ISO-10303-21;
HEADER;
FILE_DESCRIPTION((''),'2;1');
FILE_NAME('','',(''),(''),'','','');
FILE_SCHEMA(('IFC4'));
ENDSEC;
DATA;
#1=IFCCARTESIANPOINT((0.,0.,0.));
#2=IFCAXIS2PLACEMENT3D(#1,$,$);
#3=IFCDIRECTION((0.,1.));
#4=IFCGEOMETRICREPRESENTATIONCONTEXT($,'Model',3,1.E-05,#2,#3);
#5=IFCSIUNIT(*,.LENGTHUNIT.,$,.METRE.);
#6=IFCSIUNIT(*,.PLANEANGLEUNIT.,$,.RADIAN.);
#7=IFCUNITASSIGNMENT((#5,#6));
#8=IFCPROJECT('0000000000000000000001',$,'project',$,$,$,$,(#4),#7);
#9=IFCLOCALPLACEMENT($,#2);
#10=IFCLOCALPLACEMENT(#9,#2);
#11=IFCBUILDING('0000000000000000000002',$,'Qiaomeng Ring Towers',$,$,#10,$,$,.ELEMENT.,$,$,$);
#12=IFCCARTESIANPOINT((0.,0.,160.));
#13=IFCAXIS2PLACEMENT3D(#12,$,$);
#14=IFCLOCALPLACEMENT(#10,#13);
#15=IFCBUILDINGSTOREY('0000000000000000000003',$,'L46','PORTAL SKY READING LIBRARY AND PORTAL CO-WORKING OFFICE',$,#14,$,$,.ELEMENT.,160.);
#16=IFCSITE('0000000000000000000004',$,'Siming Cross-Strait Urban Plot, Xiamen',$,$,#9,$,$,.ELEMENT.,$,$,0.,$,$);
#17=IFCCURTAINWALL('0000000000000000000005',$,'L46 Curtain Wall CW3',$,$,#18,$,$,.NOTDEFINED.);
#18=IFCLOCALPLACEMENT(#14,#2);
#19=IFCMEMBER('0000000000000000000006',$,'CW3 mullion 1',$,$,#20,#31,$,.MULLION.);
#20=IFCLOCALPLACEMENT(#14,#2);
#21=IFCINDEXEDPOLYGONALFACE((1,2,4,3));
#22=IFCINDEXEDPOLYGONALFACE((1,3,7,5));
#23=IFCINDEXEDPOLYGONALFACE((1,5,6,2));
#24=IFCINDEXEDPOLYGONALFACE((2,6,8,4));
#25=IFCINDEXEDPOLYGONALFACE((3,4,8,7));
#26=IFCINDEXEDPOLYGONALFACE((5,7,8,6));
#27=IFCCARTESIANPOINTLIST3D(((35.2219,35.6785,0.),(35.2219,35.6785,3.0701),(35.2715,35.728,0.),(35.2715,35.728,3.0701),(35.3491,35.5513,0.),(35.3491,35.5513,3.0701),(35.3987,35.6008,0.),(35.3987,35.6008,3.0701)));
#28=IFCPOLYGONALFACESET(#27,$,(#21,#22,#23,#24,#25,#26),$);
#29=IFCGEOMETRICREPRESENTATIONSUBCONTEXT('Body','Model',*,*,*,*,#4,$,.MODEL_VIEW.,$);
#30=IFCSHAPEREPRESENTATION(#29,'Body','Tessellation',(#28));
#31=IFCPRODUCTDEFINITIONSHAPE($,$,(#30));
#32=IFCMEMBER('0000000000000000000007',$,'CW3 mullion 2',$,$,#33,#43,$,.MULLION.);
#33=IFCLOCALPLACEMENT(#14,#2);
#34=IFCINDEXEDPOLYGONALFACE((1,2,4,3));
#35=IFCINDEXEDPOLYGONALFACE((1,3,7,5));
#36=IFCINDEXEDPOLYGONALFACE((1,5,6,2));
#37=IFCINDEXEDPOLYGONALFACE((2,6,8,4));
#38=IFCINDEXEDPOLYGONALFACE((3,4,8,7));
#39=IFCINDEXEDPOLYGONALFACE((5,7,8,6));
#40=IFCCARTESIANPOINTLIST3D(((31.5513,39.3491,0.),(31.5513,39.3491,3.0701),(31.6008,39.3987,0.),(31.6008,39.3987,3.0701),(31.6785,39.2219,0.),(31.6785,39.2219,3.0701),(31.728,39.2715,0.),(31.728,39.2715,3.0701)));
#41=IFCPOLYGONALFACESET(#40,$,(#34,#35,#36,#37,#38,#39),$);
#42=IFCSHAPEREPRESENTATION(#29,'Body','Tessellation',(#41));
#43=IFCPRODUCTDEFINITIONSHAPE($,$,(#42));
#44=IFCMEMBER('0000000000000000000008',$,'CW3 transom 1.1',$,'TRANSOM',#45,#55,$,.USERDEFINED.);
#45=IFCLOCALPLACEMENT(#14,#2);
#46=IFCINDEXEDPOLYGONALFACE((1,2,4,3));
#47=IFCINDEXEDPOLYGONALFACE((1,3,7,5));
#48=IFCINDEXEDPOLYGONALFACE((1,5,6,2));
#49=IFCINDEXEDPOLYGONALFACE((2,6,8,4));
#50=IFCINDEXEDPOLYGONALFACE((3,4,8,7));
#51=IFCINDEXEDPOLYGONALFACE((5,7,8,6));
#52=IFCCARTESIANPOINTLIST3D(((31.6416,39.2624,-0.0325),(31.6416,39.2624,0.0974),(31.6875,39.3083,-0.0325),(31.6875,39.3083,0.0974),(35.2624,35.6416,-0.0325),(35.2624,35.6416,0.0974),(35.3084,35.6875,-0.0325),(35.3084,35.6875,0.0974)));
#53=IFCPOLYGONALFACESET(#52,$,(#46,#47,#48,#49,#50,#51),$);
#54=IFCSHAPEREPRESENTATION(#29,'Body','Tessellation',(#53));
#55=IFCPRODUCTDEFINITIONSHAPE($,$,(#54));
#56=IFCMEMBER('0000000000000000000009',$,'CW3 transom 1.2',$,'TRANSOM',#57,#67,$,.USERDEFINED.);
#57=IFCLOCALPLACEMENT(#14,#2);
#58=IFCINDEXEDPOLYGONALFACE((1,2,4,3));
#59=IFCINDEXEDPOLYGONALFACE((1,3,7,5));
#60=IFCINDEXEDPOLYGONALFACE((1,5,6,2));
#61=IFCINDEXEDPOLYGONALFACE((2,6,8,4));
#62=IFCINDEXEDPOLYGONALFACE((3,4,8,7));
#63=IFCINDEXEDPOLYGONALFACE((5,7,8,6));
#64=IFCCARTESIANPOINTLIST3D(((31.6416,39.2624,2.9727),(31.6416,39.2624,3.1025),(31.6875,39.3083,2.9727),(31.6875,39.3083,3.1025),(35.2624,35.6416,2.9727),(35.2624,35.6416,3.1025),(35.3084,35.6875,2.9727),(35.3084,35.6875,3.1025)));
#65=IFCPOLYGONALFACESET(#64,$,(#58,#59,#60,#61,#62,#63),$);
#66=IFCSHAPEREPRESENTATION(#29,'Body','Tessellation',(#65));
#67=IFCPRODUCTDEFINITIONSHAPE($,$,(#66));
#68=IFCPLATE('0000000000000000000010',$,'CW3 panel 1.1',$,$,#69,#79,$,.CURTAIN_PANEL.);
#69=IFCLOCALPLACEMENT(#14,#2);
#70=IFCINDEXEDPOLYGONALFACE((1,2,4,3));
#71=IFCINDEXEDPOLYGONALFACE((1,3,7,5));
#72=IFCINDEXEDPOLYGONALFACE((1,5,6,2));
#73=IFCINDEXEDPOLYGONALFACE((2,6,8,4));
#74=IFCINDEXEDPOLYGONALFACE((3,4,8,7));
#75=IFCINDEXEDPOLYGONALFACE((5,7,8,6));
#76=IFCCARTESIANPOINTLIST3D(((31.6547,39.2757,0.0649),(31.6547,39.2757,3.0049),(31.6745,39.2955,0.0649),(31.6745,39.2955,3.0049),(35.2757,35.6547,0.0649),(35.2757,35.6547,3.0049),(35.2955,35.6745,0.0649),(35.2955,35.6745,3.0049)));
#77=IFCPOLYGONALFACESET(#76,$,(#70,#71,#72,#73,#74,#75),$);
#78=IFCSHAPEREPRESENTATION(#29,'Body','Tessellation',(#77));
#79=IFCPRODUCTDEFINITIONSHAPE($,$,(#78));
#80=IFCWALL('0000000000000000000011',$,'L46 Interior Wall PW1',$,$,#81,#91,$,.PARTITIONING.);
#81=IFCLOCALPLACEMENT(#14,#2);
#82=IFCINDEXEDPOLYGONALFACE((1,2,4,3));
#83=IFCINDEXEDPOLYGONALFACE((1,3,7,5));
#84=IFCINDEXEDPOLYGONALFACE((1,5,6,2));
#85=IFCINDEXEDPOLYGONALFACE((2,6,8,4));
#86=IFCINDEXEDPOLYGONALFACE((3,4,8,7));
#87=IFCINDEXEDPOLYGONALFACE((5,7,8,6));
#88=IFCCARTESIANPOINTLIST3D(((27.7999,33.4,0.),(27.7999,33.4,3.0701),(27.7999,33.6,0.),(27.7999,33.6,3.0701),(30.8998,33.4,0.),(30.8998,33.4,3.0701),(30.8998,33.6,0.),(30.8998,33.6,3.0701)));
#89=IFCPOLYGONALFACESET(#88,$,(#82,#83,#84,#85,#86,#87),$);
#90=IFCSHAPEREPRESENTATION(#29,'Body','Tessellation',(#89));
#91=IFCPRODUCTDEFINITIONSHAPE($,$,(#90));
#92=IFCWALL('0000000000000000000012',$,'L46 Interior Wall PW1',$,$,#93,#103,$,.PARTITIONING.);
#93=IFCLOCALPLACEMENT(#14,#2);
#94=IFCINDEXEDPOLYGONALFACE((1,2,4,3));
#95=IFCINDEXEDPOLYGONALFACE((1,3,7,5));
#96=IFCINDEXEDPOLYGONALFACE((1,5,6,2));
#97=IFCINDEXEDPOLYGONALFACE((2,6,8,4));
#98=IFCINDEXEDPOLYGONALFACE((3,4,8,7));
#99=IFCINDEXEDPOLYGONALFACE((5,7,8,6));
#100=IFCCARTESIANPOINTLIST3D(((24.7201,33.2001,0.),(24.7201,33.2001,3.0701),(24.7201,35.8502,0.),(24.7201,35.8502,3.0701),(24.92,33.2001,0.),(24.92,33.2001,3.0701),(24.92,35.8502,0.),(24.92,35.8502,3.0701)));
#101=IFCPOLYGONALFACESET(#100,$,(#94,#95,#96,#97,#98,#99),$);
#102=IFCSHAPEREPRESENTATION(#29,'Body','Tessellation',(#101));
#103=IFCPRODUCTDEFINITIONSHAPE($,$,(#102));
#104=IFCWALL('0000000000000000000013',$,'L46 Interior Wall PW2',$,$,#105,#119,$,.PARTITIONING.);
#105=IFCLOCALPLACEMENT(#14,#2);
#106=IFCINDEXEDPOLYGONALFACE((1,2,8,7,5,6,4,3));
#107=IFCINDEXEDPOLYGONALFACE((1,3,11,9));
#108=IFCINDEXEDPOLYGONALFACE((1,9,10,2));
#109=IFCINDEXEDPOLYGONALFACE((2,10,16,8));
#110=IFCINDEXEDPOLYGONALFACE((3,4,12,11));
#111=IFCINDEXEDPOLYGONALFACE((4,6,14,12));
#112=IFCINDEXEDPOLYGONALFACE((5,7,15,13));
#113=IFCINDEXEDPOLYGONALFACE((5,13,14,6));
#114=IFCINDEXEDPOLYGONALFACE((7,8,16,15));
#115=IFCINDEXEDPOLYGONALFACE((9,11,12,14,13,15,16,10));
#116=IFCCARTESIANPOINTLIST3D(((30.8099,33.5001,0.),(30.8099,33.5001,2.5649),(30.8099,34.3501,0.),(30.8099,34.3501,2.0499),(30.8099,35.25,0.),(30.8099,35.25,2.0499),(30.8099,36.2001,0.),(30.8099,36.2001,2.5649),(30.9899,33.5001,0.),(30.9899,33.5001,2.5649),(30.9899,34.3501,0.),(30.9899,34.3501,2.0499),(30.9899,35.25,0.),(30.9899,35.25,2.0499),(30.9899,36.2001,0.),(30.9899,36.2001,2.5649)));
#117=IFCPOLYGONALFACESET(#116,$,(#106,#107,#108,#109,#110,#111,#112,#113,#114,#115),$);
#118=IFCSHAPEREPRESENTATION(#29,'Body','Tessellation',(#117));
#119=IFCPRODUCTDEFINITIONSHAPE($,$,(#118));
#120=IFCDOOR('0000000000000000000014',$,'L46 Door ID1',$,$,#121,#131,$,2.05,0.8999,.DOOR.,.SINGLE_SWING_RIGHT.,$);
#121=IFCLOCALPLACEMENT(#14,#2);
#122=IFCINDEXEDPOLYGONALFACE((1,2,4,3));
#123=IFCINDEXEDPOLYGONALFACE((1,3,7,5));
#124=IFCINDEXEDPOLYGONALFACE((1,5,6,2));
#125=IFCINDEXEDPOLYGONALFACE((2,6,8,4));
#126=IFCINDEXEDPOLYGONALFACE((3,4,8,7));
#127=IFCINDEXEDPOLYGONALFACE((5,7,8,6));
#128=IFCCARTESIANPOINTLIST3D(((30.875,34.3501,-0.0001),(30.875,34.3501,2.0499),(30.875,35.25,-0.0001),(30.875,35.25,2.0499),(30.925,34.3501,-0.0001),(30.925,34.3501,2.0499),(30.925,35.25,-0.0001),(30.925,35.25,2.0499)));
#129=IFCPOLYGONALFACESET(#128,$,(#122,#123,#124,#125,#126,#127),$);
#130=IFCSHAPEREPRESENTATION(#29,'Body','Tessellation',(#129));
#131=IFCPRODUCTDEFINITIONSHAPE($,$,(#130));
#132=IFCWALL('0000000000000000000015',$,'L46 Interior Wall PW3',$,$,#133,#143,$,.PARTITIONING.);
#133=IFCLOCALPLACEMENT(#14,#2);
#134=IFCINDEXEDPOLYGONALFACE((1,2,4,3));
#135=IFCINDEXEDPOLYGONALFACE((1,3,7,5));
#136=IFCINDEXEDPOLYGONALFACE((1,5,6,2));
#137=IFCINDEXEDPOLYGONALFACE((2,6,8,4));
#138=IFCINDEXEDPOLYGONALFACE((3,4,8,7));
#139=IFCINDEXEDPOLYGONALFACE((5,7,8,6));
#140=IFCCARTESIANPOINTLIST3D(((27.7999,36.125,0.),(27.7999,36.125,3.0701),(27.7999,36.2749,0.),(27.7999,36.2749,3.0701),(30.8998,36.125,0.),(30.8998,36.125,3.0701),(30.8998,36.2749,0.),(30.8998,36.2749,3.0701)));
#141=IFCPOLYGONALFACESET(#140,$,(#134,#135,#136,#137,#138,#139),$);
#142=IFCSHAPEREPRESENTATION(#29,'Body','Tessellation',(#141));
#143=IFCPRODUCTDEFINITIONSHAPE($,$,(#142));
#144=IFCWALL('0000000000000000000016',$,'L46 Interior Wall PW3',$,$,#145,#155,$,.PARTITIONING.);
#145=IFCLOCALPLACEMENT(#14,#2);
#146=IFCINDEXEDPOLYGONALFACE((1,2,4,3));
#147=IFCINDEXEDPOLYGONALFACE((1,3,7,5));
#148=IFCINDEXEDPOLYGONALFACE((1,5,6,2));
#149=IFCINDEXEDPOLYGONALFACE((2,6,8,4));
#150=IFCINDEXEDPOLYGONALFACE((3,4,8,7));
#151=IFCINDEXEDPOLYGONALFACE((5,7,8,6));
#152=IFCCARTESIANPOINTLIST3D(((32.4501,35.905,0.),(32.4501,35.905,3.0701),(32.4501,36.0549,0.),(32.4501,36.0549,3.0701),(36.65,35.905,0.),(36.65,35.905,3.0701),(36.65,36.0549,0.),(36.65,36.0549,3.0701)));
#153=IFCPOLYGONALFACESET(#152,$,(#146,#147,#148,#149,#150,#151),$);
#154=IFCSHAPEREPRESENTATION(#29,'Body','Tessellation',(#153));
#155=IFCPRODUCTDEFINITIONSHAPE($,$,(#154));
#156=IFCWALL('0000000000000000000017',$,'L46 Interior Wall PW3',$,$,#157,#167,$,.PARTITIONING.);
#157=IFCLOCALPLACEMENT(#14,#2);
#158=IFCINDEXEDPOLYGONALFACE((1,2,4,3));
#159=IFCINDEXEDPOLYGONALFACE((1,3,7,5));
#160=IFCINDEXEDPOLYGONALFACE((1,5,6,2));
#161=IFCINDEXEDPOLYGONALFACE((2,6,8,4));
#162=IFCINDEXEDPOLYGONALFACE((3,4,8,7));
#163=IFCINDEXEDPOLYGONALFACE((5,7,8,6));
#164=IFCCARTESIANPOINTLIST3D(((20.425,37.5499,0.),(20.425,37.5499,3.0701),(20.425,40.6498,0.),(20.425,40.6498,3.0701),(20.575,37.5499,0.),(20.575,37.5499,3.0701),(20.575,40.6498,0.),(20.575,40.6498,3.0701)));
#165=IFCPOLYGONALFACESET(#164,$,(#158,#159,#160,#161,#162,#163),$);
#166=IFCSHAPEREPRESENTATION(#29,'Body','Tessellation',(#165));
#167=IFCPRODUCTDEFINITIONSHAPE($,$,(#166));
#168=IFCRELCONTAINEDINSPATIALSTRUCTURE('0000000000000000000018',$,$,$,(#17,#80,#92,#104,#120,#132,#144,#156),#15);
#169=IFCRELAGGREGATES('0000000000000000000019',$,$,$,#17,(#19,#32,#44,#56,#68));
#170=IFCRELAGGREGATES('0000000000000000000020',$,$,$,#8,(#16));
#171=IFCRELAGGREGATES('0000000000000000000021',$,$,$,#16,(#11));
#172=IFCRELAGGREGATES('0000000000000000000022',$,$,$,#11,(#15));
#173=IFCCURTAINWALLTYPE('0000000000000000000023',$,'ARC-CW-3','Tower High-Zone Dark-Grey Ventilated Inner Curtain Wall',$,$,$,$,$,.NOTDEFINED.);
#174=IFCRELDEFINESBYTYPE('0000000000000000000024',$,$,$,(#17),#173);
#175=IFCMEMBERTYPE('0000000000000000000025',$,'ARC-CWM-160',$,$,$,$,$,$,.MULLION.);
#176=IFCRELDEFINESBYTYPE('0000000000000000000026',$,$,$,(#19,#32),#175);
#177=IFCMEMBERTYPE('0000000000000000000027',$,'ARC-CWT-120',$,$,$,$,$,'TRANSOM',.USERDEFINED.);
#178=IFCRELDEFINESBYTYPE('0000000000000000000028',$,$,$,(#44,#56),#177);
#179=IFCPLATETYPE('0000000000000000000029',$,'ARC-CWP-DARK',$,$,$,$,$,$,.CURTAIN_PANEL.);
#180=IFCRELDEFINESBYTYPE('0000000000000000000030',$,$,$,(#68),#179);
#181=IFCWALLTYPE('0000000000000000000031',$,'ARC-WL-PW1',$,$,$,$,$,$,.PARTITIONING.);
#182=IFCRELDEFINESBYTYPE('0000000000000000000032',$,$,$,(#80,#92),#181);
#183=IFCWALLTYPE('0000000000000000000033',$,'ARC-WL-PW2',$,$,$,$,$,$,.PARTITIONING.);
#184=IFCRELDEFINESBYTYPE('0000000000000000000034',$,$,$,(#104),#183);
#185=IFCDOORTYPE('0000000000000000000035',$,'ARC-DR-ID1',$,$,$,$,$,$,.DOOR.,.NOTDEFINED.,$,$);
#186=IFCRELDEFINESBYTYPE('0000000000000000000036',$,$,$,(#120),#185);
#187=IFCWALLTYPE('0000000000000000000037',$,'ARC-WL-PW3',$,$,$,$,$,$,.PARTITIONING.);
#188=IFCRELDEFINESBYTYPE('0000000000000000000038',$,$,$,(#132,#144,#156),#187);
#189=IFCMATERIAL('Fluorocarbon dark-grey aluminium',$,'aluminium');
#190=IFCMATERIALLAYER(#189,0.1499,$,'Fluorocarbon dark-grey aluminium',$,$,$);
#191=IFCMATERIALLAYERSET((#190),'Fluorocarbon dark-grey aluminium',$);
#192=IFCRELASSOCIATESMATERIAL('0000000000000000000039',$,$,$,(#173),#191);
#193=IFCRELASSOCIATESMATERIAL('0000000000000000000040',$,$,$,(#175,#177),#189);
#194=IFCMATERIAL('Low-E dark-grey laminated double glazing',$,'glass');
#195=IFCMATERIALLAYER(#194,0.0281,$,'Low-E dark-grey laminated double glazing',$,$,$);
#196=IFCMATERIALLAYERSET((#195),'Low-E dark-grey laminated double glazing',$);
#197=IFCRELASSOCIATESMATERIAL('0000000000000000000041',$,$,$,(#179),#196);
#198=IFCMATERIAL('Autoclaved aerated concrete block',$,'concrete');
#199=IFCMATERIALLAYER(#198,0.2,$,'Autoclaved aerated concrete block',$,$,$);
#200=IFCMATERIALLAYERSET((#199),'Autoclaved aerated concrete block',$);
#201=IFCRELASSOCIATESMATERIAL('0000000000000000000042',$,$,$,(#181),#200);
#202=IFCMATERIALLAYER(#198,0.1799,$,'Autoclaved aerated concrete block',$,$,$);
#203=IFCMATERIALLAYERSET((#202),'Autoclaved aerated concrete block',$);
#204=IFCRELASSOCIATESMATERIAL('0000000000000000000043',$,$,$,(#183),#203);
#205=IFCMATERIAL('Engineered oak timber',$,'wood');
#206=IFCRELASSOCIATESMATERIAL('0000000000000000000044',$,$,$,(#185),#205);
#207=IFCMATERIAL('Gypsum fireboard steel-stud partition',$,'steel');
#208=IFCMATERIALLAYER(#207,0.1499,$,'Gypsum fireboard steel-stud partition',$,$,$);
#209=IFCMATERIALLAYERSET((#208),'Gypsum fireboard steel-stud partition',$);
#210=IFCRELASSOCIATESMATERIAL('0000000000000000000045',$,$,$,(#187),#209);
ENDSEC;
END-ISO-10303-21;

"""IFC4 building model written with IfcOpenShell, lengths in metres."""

from ifc_helpers import new_model, si_unit, direction, frame, frame_2d, origin, origin_2d, place, context, subcontext, project, spatial, rectangle, extrude, source, transform, mapped, material, layer, layer_set, material_profile, profile_set, type_object, element, fill, aggregate, save


model = new_model("IFC4")

# Units and contexts
model_context = context("Model", 3, precision=1e-05, world=origin(), true_north=direction((0.0, 1.0)))
body_context = subcontext(model_context, "Body", "Model", "MODEL_VIEW")
ifc_project = project(units=[si_unit("LENGTHUNIT", "METRE"), si_unit("PLANEANGLEUNIT", "RADIAN")], contexts=[model_context])

# Site, building, storey
site_placement = place(None, origin())
site = spatial("IfcSite", under=ifc_project, at=site_placement, Name="Siming Cross-Strait Urban Plot, Xiamen", CompositionType="ELEMENT", RefElevation=0.0)
building_placement = place(site_placement, origin())
building = spatial("IfcBuilding", under=site, at=building_placement, Name="Qiaomeng Ring Towers", CompositionType="ELEMENT")
storey_placement = place(building_placement, frame((0.0, 0.0, 160.0)))
storey = spatial("IfcBuildingStorey", under=building, at=storey_placement, Name="L46", Description="PORTAL SKY READING LIBRARY AND PORTAL CO-WORKING OFFICE", CompositionType="ELEMENT", Elevation=160.0)

# Curtain wall, members, plate
ifc_material_1 = material(Name="Fluorocarbon dark-grey aluminium", Category="aluminium")
ifc_layer_1 = layer(ifc_material_1, 0.1499, Name="Fluorocarbon dark-grey aluminium")
ifc_layer_set_1 = layer_set([ifc_layer_1], Name="Fluorocarbon dark-grey aluminium")
curtain_wall_type = type_object("IfcCurtainWallType", Name="ARC-CW-3", Description="Tower High-Zone Dark-Grey Ventilated Inner Curtain Wall", PredefinedType="NOTDEFINED", material=ifc_layer_set_1)
curtain_wall_placement = place(storey_placement, origin())
curtain_wall = element("IfcCurtainWall", 1, at=curtain_wall_placement, inside=storey, type_object=curtain_wall_type, Name="L46 Curtain Wall CW3", PredefinedType="NOTDEFINED")
ifc_material_profile_1 = material_profile(ifc_material_1, rectangle(XDim=0.0701, YDim=0.1799, at=origin_2d()), Name="ALU MULL 70x180")
ifc_profile_set_1 = profile_set([ifc_material_profile_1], Name="Fluorocarbon dark-grey aluminium")
member_type_1 = type_object("IfcMemberType", Name="ARC-CWM-160", PredefinedType="MULLION", material=ifc_profile_set_1)
shared_shape_1 = source(origin(), body_context, "Body", "SweptSolid", [
    extrude(rectangle(XDim=0.0701, YDim=0.1799, at=origin_2d()), origin(), (0.0, 0.0, 1.0), 3.0701),
])
member_1_placement = place(storey_placement, frame((35.3103, 35.6396, 0.0), z_axis=(0.0, 0.0, 1.0), x_axis=(-0.707107, -0.707107, 0.0)))
member_1 = element("IfcMember", 2, at=member_1_placement, type_object=member_type_1, Name="CW3 mullion 1", PredefinedType="MULLION", context=body_context, shape_type="MappedRepresentation", body=[
    mapped(shared_shape_1, transform((0.0, 0.0, 0.0), x_axis=(1.0, 0.0, 0.0), y_axis=(0.0, 1.0, 0.0), z_axis=(0.0, 0.0, 1.0), scale=1.0)),
])
member_2_placement = place(storey_placement, frame((31.6396, 39.3103, 0.0), z_axis=(0.0, 0.0, 1.0), x_axis=(-0.707107, -0.707107, 0.0)))
member_2 = element("IfcMember", 3, at=member_2_placement, type_object=member_type_1, Name="CW3 mullion 2", PredefinedType="MULLION", context=body_context, shape_type="MappedRepresentation", body=[
    mapped(shared_shape_1, transform((0.0, 0.0, 0.0), x_axis=(1.0, 0.0, 0.0), y_axis=(0.0, 1.0, 0.0), z_axis=(0.0, 0.0, 1.0), scale=1.0)),
])
ifc_material_profile_2 = material_profile(ifc_material_1, rectangle(XDim=0.0649, YDim=0.1299, at=origin_2d()), Name="ALU TRAN 65x130")
ifc_profile_set_2 = profile_set([ifc_material_profile_2], Name="Fluorocarbon dark-grey aluminium")
member_type_2 = type_object("IfcMemberType", Name="ARC-CWT-120", ElementType="TRANSOM", PredefinedType="USERDEFINED", material=ifc_profile_set_2)
shared_shape_2 = source(origin(), body_context, "Body", "SweptSolid", [
    extrude(rectangle(XDim=0.0649, YDim=0.1299, at=origin_2d()), origin(), (0.0, 0.0, 1.0), 5.1206),
])
member_3_placement = place(storey_placement, frame((35.2854, 35.6646, 0.0325), z_axis=(-0.707107, 0.707107, 0.0), x_axis=(-0.707107, -0.707107, 0.0)))
member_3 = element("IfcMember", 4, at=member_3_placement, type_object=member_type_2, Name="CW3 transom 1.1", ObjectType="TRANSOM", PredefinedType="USERDEFINED", context=body_context, shape_type="MappedRepresentation", body=[
    mapped(shared_shape_2, transform((0.0, 0.0, 0.0), x_axis=(1.0, 0.0, 0.0), y_axis=(0.0, 1.0, 0.0), z_axis=(0.0, 0.0, 1.0), scale=1.0)),
])
member_4_placement = place(storey_placement, frame((35.2854, 35.6646, 3.0376), z_axis=(-0.707107, 0.707107, 0.0), x_axis=(-0.707107, -0.707107, 0.0)))
member_4 = element("IfcMember", 5, at=member_4_placement, type_object=member_type_2, Name="CW3 transom 1.2", ObjectType="TRANSOM", PredefinedType="USERDEFINED", context=body_context, shape_type="MappedRepresentation", body=[
    mapped(shared_shape_2, transform((0.0, 0.0, 0.0), x_axis=(1.0, 0.0, 0.0), y_axis=(0.0, 1.0, 0.0), z_axis=(0.0, 0.0, 1.0), scale=1.0)),
])
ifc_material_2 = material(Name="Low-E dark-grey laminated double glazing", Category="glass")
ifc_layer_2 = layer(ifc_material_2, 0.0281, Name="Low-E dark-grey laminated double glazing")
ifc_layer_set_2 = layer_set([ifc_layer_2], Name="Low-E dark-grey laminated double glazing")
plate_type = type_object("IfcPlateType", Name="ARC-CWP-DARK", PredefinedType="CURTAIN_PANEL", material=ifc_layer_set_2)
shared_shape_3 = source(origin(), body_context, "Body", "SweptSolid", [
    extrude(rectangle(XDim=5.1208, YDim=0.0281, at=origin_2d()), origin(), (0.0, 0.0, 1.0), 2.9399),
])
plate_placement = place(storey_placement, frame((33.4751, 37.4751, 0.0649), z_axis=(0.0, 0.0, 1.0), x_axis=(-0.707107, 0.707107, 0.0)))
plate = element("IfcPlate", 6, at=plate_placement, type_object=plate_type, Name="CW3 panel 1.1", PredefinedType="CURTAIN_PANEL", context=body_context, shape_type="MappedRepresentation", body=[
    mapped(shared_shape_3, transform((0.0, 0.0, 0.0), x_axis=(1.0, 0.0, 0.0), y_axis=(0.0, 1.0, 0.0), z_axis=(0.0, 0.0, 1.0), scale=1.0)),
])
aggregate(curtain_wall, [member_1, member_2, member_3, member_4, plate])

# Walls
ifc_material_3 = material(Name="Autoclaved aerated concrete block", Category="concrete")
ifc_layer_3 = layer(ifc_material_3, 0.2, Name="Autoclaved aerated concrete block")
ifc_layer_set_3 = layer_set([ifc_layer_3], Name="Autoclaved aerated concrete block")
wall_type_1 = type_object("IfcWallType", Name="ARC-WL-PW1", PredefinedType="PARTITIONING", material=ifc_layer_set_3)
wall_1_placement = place(storey_placement, frame((27.8, 33.5, 0.0), z_axis=(0.0, 0.0, 1.0), x_axis=(1.0, 0.0, 0.0)))
element("IfcWall", 7, at=wall_1_placement, inside=storey, type_object=wall_type_1, Name="L46 Interior Wall PW1", PredefinedType="PARTITIONING", context=body_context, shape_type="SweptSolid", body=[
    extrude(rectangle(XDim=3.0999, YDim=0.2, at=frame_2d((1.5498, 0.0))), origin(), (0.0, 0.0, 1.0), 3.0701),
])
wall_2_placement = place(storey_placement, frame((24.8201, 33.2, 0.0), z_axis=(0.0, 0.0, 1.0), x_axis=(0.0, 1.0, 0.0)))
element("IfcWall", 8, at=wall_2_placement, inside=storey, type_object=wall_type_1, Name="L46 Interior Wall PW1", PredefinedType="PARTITIONING", context=body_context, shape_type="SweptSolid", body=[
    extrude(rectangle(XDim=2.6501, YDim=0.2, at=frame_2d((1.3252, 0.0))), origin(), (0.0, 0.0, 1.0), 3.0701),
])

# Wall, opening, door
ifc_layer_4 = layer(ifc_material_3, 0.1799, Name="Autoclaved aerated concrete block")
ifc_layer_set_4 = layer_set([ifc_layer_4], Name="Autoclaved aerated concrete block")
wall_type_2 = type_object("IfcWallType", Name="ARC-WL-PW2", PredefinedType="PARTITIONING", material=ifc_layer_set_4)
wall_3_placement = place(storey_placement, frame((30.8999, 33.5, 0.0), z_axis=(0.0, 0.0, 1.0), x_axis=(0.0, 1.0, 0.0)))
wall_3 = element("IfcWall", 9, at=wall_3_placement, inside=storey, type_object=wall_type_2, Name="L46 Interior Wall PW2", PredefinedType="PARTITIONING", context=body_context, shape_type="SweptSolid", body=[
    extrude(rectangle(XDim=2.7, YDim=0.1799, at=frame_2d((1.3501, 0.0))), origin(), (0.0, 0.0, 1.0), 2.5649),
])
opening_placement = place(wall_3_placement, frame((0.8501, 0.0, 0.0)))
opening = element("IfcOpeningElement", 10, at=opening_placement, cuts=wall_3, PredefinedType="OPENING", context=body_context, shape_type="SweptSolid", body=[
    extrude(rectangle(XDim=0.8999, YDim=2.05, at=frame_2d((0.45, 1.0249))), frame((0.0, 0.0999, 0.0), z_axis=(0.0, -1.0, 0.0), x_axis=(1.0, 0.0, 0.0)), (0.0, 0.0, 1.0), 0.2),
])
ifc_material_4 = material(Name="Engineered oak timber", Category="wood")
door_type = type_object("IfcDoorType", Name="ARC-DR-ID1", OperationType="NOTDEFINED", PredefinedType="DOOR", material=ifc_material_4)
shared_shape_4 = source(origin(), body_context, "Body", "SweptSolid", [
    extrude(rectangle(XDim=0.8999, YDim=2.05, at=frame_2d((0.45, 1.0249))), frame((0.0, 0.0249, 0.0), z_axis=(0.0, -1.0, 0.0), x_axis=(1.0, 0.0, 0.0)), (0.0, 0.0, 1.0), 0.05),
])
door_placement = place(opening_placement, origin())
door = element("IfcDoor", 11, at=door_placement, inside=storey, type_object=door_type, Name="L46 Door ID1", OperationType="SINGLE_SWING_RIGHT", OverallHeight=2.05, OverallWidth=0.8999, PredefinedType="DOOR", context=body_context, shape_type="MappedRepresentation", body=[
    mapped(shared_shape_4, transform((0.0, 0.0, 0.0), x_axis=(1.0, 0.0, 0.0), y_axis=(0.0, 1.0, 0.0), z_axis=(0.0, 0.0, 1.0), scale=1.0)),
])
fill(opening, door)

# Walls
ifc_material_5 = material(Name="Gypsum fireboard steel-stud partition", Category="steel")
ifc_layer_5 = layer(ifc_material_5, 0.1499, Name="Gypsum fireboard steel-stud partition")
ifc_layer_set_5 = layer_set([ifc_layer_5], Name="Gypsum fireboard steel-stud partition")
wall_type_3 = type_object("IfcWallType", Name="ARC-WL-PW3", PredefinedType="PARTITIONING", material=ifc_layer_set_5)
wall_4_placement = place(storey_placement, frame((27.8, 36.2, 0.0), z_axis=(0.0, 0.0, 1.0), x_axis=(1.0, 0.0, 0.0)))
element("IfcWall", 12, at=wall_4_placement, inside=storey, type_object=wall_type_3, Name="L46 Interior Wall PW3", PredefinedType="PARTITIONING", context=body_context, shape_type="SweptSolid", body=[
    extrude(rectangle(XDim=3.0999, YDim=0.1499, at=frame_2d((1.5498, 0.0))), origin(), (0.0, 0.0, 1.0), 3.0701),
])
wall_5_placement = place(storey_placement, frame((32.45, 35.98, 0.0), z_axis=(0.0, 0.0, 1.0), x_axis=(1.0, 0.0, 0.0)))
element("IfcWall", 13, at=wall_5_placement, inside=storey, type_object=wall_type_3, Name="L46 Interior Wall PW3", PredefinedType="PARTITIONING", context=body_context, shape_type="SweptSolid", body=[
    extrude(rectangle(XDim=4.2, YDim=0.1499, at=frame_2d((2.1001, 0.0))), origin(), (0.0, 0.0, 1.0), 3.0701),
])
wall_6_placement = place(storey_placement, frame((20.5, 37.55, 0.0), z_axis=(0.0, 0.0, 1.0), x_axis=(0.0, 1.0, 0.0)))
element("IfcWall", 14, at=wall_6_placement, inside=storey, type_object=wall_type_3, Name="L46 Interior Wall PW3", PredefinedType="PARTITIONING", context=body_context, shape_type="SweptSolid", body=[
    extrude(rectangle(XDim=3.0999, YDim=0.1499, at=frame_2d((1.5498, 0.0))), origin(), (0.0, 0.0, 1.0), 3.0701),
])

save(model, "model.ifc")
